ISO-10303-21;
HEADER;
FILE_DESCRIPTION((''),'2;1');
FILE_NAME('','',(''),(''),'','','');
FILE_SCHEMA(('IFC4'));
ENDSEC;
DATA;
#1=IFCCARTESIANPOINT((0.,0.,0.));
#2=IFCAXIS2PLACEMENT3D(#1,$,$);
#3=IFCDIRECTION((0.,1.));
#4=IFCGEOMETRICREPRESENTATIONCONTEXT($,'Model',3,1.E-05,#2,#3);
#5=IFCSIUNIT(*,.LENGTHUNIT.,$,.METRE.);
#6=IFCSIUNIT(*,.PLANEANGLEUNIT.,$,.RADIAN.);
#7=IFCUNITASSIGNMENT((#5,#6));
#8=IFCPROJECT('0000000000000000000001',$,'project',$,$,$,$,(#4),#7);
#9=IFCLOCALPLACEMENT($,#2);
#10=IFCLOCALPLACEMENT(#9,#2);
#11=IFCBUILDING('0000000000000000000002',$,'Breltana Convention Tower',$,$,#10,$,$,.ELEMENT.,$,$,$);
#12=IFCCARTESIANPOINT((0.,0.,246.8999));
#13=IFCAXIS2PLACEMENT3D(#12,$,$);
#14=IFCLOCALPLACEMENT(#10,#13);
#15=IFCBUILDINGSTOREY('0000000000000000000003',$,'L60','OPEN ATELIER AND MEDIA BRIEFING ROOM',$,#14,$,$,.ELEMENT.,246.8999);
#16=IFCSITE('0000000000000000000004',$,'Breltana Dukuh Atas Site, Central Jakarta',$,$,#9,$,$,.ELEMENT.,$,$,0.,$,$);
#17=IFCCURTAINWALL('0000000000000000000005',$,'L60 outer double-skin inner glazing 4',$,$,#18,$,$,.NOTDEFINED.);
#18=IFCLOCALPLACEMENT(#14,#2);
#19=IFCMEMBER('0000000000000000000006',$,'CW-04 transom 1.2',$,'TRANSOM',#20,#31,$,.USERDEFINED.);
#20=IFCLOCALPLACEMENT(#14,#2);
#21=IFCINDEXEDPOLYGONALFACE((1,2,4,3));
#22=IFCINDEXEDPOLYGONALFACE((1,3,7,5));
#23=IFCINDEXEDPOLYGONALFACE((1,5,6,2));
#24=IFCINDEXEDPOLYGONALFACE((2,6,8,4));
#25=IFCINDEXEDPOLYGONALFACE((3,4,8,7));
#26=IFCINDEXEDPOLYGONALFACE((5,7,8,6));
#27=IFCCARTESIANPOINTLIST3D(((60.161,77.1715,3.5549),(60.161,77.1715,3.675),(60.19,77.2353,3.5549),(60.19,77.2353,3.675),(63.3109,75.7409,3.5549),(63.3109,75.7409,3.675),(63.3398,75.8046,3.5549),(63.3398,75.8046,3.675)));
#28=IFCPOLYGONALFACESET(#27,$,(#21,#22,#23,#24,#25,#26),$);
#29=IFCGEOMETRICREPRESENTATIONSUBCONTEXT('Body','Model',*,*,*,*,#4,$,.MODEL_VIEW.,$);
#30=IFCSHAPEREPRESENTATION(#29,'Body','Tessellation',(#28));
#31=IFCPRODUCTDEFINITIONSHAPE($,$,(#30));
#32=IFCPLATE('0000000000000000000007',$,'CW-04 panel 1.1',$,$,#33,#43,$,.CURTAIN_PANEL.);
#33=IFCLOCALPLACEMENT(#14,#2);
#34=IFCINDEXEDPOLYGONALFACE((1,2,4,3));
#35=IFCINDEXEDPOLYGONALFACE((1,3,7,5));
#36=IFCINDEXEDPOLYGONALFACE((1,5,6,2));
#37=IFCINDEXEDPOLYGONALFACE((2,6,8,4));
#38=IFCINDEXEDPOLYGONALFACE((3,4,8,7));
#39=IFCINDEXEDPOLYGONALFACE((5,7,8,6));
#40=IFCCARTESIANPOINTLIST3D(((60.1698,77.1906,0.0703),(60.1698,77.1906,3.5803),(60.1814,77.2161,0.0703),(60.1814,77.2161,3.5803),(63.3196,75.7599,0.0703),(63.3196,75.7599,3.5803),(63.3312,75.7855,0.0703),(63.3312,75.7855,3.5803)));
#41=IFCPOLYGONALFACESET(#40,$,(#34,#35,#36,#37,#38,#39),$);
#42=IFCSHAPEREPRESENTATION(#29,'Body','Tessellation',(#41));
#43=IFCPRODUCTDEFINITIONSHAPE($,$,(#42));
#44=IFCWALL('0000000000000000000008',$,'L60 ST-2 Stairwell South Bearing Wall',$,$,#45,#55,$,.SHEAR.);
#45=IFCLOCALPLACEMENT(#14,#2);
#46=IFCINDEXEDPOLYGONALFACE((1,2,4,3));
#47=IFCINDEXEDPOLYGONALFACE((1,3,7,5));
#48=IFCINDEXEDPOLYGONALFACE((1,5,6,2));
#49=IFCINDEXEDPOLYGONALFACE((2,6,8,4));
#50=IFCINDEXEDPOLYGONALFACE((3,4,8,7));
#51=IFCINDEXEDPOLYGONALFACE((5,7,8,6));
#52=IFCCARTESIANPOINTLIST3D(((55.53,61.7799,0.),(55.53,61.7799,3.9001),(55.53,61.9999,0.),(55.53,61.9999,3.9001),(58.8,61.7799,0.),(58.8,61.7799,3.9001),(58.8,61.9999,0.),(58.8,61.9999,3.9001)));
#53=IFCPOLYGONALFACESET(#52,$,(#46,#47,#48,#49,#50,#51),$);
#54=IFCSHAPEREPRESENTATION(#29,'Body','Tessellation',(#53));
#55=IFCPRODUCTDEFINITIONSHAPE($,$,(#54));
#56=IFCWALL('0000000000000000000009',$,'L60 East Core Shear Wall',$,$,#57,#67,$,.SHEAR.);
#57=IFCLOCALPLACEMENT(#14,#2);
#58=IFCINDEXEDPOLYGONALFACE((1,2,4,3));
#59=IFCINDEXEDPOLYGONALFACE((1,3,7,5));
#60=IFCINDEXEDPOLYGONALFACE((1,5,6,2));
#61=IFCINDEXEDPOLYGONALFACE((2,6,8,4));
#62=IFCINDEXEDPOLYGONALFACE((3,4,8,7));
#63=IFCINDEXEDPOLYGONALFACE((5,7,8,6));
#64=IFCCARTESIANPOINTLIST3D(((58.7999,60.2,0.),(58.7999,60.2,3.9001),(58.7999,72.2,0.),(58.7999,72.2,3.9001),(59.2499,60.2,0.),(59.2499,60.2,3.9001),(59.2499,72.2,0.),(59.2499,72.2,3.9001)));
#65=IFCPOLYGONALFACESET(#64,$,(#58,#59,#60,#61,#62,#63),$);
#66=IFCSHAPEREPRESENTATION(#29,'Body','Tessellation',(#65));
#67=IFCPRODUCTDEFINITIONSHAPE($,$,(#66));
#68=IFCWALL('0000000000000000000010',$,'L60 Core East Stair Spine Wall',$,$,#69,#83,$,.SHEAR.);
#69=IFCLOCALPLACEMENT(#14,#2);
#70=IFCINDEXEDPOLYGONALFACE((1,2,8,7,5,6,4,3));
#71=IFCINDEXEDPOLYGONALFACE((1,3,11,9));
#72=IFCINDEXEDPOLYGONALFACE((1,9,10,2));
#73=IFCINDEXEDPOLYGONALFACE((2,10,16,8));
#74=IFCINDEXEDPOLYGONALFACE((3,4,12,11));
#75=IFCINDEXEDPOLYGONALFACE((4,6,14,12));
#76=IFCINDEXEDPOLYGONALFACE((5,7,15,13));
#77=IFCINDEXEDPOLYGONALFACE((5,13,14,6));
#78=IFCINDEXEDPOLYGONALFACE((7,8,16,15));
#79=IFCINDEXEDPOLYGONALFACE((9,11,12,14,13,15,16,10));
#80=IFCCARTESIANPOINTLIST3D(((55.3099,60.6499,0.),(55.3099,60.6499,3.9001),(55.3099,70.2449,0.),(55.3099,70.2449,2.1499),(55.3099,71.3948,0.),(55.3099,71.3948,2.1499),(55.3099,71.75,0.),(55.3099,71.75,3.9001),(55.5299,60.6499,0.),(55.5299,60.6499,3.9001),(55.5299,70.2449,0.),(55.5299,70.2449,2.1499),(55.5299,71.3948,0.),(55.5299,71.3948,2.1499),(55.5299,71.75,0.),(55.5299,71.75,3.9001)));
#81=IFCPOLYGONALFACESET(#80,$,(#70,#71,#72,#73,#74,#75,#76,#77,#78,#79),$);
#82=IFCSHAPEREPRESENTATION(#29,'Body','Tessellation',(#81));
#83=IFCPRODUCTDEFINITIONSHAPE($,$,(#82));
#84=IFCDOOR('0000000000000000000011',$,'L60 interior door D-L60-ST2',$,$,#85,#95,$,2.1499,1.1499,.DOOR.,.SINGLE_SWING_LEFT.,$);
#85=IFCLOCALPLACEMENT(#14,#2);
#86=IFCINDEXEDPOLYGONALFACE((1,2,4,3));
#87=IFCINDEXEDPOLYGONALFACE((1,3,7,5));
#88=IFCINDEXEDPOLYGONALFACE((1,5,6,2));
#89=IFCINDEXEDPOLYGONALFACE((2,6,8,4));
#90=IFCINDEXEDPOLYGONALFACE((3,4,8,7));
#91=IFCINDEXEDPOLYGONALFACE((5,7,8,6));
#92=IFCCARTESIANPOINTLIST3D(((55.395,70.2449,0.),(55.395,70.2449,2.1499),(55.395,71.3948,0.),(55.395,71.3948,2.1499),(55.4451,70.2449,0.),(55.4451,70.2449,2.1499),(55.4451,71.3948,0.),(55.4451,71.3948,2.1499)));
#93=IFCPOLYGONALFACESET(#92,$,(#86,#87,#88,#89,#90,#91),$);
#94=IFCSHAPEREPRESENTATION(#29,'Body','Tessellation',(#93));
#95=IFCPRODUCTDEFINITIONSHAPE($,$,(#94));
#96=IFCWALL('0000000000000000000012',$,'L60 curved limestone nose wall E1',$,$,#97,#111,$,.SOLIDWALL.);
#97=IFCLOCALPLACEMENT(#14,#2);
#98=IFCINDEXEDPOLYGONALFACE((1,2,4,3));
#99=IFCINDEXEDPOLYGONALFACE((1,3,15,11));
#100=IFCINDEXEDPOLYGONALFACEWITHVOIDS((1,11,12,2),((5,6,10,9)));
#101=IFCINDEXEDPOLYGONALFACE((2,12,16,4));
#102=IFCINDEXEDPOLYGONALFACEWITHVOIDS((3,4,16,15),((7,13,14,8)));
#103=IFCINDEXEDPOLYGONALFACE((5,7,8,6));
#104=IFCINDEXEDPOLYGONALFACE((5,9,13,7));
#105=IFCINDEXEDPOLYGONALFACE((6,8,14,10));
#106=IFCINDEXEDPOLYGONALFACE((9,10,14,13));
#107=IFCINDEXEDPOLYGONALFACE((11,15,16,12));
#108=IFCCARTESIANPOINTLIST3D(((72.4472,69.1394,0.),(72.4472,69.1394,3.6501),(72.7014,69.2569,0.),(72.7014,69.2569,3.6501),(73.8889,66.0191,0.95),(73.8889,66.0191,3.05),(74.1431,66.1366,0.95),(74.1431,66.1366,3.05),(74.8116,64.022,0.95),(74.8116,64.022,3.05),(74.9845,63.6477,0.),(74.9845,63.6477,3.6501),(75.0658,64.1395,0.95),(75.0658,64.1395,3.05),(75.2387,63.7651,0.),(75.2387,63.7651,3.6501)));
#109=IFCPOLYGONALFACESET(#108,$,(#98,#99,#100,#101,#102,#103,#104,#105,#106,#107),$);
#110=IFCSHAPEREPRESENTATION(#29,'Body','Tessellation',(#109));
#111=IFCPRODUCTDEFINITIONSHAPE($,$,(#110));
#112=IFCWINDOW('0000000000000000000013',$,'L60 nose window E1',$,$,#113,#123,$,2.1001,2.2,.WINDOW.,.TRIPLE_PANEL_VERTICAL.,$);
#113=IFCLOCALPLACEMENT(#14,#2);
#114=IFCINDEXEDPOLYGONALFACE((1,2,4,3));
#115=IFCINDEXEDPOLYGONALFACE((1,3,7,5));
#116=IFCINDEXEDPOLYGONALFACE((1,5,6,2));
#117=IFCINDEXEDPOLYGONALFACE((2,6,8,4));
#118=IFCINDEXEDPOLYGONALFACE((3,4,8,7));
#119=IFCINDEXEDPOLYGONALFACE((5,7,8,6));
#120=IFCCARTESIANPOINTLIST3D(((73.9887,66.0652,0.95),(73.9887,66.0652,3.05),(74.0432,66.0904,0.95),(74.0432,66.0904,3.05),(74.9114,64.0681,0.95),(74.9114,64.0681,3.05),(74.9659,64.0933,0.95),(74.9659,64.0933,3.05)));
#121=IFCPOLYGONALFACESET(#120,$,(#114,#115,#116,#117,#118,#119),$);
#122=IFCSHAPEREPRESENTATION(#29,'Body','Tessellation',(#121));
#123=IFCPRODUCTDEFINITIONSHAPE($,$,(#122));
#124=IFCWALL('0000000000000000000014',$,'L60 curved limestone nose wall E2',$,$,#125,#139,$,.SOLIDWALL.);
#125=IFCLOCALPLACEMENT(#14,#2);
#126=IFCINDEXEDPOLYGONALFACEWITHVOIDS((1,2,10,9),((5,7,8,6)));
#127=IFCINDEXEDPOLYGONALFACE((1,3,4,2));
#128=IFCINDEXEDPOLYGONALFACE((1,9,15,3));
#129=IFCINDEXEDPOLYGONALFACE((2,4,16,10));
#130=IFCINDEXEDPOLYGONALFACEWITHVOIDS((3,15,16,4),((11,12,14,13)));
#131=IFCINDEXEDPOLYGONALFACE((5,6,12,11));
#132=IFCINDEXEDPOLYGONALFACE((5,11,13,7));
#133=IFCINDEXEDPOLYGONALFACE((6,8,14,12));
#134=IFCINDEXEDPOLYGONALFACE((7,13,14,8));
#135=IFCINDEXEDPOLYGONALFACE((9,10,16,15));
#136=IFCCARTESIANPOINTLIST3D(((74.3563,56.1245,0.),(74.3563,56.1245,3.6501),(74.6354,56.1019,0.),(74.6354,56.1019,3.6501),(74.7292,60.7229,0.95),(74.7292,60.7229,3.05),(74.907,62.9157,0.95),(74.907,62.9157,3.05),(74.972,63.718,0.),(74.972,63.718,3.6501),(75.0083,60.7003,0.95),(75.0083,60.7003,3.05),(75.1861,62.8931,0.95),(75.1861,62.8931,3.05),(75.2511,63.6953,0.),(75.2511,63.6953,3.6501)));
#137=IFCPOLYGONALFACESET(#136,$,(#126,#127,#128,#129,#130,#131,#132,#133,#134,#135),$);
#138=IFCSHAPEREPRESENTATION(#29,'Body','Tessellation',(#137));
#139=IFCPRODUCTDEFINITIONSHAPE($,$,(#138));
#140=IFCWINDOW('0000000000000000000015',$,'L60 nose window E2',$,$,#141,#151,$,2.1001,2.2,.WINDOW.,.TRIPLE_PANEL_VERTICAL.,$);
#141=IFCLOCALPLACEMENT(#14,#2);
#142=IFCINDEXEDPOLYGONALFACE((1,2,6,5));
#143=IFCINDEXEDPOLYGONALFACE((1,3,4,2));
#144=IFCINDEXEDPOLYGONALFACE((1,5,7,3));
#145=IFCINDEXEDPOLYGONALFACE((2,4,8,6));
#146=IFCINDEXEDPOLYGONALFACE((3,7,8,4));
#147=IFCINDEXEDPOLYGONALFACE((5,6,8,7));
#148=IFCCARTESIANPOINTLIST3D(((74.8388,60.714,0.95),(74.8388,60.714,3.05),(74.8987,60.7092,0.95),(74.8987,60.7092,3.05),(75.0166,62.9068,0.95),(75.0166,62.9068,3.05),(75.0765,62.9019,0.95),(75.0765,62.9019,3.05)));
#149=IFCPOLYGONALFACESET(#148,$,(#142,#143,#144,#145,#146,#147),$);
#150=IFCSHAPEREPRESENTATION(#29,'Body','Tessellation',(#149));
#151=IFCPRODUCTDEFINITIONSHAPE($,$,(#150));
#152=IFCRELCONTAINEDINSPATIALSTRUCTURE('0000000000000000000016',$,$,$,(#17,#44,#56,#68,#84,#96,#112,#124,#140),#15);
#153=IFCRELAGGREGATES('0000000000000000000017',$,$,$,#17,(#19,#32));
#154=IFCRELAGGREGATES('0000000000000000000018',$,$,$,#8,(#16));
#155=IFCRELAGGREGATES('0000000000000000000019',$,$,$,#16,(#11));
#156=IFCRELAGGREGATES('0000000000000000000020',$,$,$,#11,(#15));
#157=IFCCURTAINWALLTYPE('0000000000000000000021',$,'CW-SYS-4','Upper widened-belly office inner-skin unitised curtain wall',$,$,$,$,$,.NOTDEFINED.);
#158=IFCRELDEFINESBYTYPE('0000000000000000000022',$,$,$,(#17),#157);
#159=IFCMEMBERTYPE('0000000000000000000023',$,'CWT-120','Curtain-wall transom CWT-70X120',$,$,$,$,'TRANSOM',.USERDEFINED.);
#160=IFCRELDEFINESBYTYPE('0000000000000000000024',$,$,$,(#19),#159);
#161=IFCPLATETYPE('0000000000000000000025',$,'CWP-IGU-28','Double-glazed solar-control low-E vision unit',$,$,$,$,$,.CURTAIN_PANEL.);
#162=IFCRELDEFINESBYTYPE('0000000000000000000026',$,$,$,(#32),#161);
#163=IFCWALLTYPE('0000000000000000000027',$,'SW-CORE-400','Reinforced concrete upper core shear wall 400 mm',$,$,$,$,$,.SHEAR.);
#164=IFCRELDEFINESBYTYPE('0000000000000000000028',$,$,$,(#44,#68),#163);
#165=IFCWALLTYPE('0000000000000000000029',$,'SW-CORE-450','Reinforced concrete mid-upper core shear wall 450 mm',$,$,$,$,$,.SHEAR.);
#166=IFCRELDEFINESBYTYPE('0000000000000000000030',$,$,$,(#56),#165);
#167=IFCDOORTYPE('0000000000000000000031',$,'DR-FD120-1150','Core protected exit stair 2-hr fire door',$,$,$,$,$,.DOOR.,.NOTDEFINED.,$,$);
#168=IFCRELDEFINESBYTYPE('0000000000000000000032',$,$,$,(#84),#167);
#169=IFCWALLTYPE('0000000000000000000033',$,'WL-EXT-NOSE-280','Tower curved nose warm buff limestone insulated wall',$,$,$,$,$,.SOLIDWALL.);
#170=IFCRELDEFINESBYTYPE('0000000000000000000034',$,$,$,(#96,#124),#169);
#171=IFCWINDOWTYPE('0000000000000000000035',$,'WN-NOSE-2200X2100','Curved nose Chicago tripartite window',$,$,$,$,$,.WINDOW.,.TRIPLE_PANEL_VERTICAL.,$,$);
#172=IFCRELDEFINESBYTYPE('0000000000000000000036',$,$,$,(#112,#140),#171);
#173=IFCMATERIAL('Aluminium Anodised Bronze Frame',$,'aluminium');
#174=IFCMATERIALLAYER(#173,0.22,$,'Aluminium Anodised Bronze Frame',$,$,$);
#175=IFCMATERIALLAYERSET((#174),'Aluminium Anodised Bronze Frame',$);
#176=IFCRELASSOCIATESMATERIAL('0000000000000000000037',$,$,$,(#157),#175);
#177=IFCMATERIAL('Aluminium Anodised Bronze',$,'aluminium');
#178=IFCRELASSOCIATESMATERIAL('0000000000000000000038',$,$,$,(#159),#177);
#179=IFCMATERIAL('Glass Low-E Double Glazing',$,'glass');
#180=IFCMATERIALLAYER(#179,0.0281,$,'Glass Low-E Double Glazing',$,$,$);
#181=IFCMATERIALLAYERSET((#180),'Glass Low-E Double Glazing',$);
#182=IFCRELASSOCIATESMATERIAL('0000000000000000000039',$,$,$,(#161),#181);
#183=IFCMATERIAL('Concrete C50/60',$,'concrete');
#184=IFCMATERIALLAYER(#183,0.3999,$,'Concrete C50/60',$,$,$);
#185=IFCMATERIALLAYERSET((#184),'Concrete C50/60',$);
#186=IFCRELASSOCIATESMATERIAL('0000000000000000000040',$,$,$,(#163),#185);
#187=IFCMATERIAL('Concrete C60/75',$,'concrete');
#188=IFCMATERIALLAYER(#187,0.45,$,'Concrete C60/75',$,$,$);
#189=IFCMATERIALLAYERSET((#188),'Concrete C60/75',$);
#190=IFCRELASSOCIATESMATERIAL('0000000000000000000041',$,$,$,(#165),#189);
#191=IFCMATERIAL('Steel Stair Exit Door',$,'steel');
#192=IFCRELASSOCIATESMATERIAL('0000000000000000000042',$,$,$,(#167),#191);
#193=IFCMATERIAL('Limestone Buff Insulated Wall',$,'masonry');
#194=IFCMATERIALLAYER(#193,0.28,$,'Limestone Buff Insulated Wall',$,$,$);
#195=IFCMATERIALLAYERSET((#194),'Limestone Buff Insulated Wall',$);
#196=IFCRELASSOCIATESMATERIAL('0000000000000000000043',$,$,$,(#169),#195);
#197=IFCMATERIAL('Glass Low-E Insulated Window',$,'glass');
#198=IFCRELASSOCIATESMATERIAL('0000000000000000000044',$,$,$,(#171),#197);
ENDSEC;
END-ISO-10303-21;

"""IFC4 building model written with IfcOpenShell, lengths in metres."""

from ifc_helpers import new_model, si_unit, direction, frame, frame_2d, origin, origin_2d, place, context, subcontext, project, spatial, rectangle, extrude, source, transform, mapped, material, layer, layer_set, material_profile, profile_set, type_object, type_shapes, element, fill, aggregate, save


model = new_model("IFC4")

# Units and contexts
model_context = context("Model", 3, precision=1e-05, world=origin(), true_north=direction((0.0, 1.0)))
body_context = subcontext(model_context, "Body", "Model", "MODEL_VIEW")
ifc_project = project(units=[si_unit("LENGTHUNIT", "METRE"), si_unit("PLANEANGLEUNIT", "RADIAN")], contexts=[model_context])

# Site, building, storey
site_placement = place(None, origin())
site = spatial("IfcSite", under=ifc_project, at=site_placement, Name="Breltana Dukuh Atas Site, Central Jakarta", CompositionType="ELEMENT", RefElevation=0.0)
building_placement = place(site_placement, origin())
building = spatial("IfcBuilding", under=site, at=building_placement, Name="Breltana Convention Tower", CompositionType="ELEMENT")
storey_placement = place(building_placement, frame((0.0, 0.0, 246.8999)))
storey = spatial("IfcBuildingStorey", under=building, at=storey_placement, Name="L60", Description="OPEN ATELIER AND MEDIA BRIEFING ROOM", CompositionType="ELEMENT", Elevation=246.8999)

# Shared definitions
ifc_material_1 = material(Name="Concrete C50/60", Category="concrete")

# Curtain wall, member, plate
ifc_material_2 = material(Name="Aluminium Anodised Bronze Frame", Category="aluminium")
ifc_layer_1 = layer(ifc_material_2, 0.22, Name="Aluminium Anodised Bronze Frame")
ifc_layer_set_1 = layer_set([ifc_layer_1], Name="Aluminium Anodised Bronze Frame")
curtain_wall_type = type_object("IfcCurtainWallType", Name="CW-SYS-4", Description="Upper widened-belly office inner-skin unitised curtain wall", PredefinedType="NOTDEFINED", material=ifc_layer_set_1)
curtain_wall_placement = place(storey_placement, origin())
curtain_wall = element("IfcCurtainWall", 1, at=curtain_wall_placement, inside=storey, type_object=curtain_wall_type, Name="L60 outer double-skin inner glazing 4", PredefinedType="NOTDEFINED")
ifc_material_3 = material(Name="Aluminium Anodised Bronze", Category="aluminium")
ifc_material_profile_1 = material_profile(ifc_material_3, rectangle(XDim=0.0701, YDim=0.1201, at=origin_2d()), Name="CWT-70X120")
ifc_profile_set_1 = profile_set([ifc_material_profile_1], Name="Aluminium Anodised Bronze")
member_type_1 = type_object("IfcMemberType", Name="CWT-120", Description="Curtain-wall transom CWT-70X120", ElementType="TRANSOM", PredefinedType="USERDEFINED", material=ifc_profile_set_1)
shared_shape_1 = source(origin(), body_context, "Body", "SweptSolid", [
    extrude(rectangle(XDim=0.0701, YDim=0.1201, at=origin_2d()), origin(), (0.0, 0.0, 1.0), 3.4595),
])
member_1_placement = place(storey_placement, frame((60.1755, 77.2034, 3.615), z_axis=(0.910487, -0.413537, 0.0), x_axis=(0.413537, 0.910487, 0.0)))
member_1 = element("IfcMember", 2, at=member_1_placement, type_object=member_type_1, Name="CW-04 transom 1.2", ObjectType="TRANSOM", PredefinedType="USERDEFINED", context=body_context, shape_type="MappedRepresentation", body=[
    mapped(shared_shape_1, transform((0.0, 0.0, 0.0), scale=1.0)),
])
ifc_material_4 = material(Name="Glass Low-E Double Glazing", Category="glass")
ifc_layer_2 = layer(ifc_material_4, 0.0281, Name="Glass Low-E Double Glazing")
ifc_layer_set_2 = layer_set([ifc_layer_2], Name="Glass Low-E Double Glazing")
plate_type = type_object("IfcPlateType", Name="CWP-IGU-28", Description="Double-glazed solar-control low-E vision unit", PredefinedType="CURTAIN_PANEL", material=ifc_layer_set_2)
shared_shape_2 = source(origin(), body_context, "Body", "SweptSolid", [
    extrude(rectangle(XDim=3.4595, YDim=0.0281, at=origin_2d()), origin(), (0.0, 0.0, 1.0), 3.51),
])
plate_placement = place(storey_placement, frame((61.7505, 76.488, 0.0703), z_axis=(0.0, 0.0, 1.0), x_axis=(0.910487, -0.413539, 0.0)))
plate = element("IfcPlate", 3, at=plate_placement, type_object=plate_type, Name="CW-04 panel 1.1", PredefinedType="CURTAIN_PANEL", context=body_context, shape_type="MappedRepresentation", body=[
    mapped(shared_shape_2, transform((0.0, 0.0, 0.0), scale=1.0)),
])
aggregate(curtain_wall, [member_1, plate])

# Walls
ifc_layer_3 = layer(ifc_material_1, 0.3999, Name="Concrete C50/60")
ifc_layer_set_3 = layer_set([ifc_layer_3], Name="Concrete C50/60")
wall_type_1 = type_object("IfcWallType", Name="SW-CORE-400", Description="Reinforced concrete upper core shear wall 400 mm", PredefinedType="SHEAR", material=ifc_layer_set_3)
shared_shape_3 = source(origin(), body_context, "Body", "SweptSolid", [
    extrude(rectangle(XDim=3.27, YDim=0.22, at=frame_2d((1.635, 0.0))), origin(), (0.0, 0.0, 1.0), 3.9001),
])
wall_1_placement = place(storey_placement, frame((55.53, 61.8899, 0.0), z_axis=(0.0, 0.0, 1.0), x_axis=(1.0, 0.0, 0.0)))
element("IfcWall", 4, at=wall_1_placement, inside=storey, type_object=wall_type_1, Name="L60 ST-2 Stairwell South Bearing Wall", PredefinedType="SHEAR", context=body_context, shape_type="MappedRepresentation", body=[
    mapped(shared_shape_3, transform((0.0, 0.0, 0.0), scale=1.0)),
])
ifc_material_5 = material(Name="Concrete C60/75", Category="concrete")
ifc_layer_4 = layer(ifc_material_5, 0.45, Name="Concrete C60/75")
ifc_layer_set_4 = layer_set([ifc_layer_4], Name="Concrete C60/75")
wall_type_2 = type_object("IfcWallType", Name="SW-CORE-450", Description="Reinforced concrete mid-upper core shear wall 450 mm", PredefinedType="SHEAR", material=ifc_layer_set_4)
shared_shape_4 = source(origin(), body_context, "Body", "SweptSolid", [
    extrude(rectangle(XDim=12.0, YDim=0.45, at=frame_2d((6.0, 0.0))), origin(), (0.0, 0.0, 1.0), 3.9001),
])
wall_2_placement = place(storey_placement, frame((59.0249, 60.2, 0.0), z_axis=(0.0, 0.0, 1.0), x_axis=(0.0, 1.0, 0.0)))
element("IfcWall", 5, at=wall_2_placement, inside=storey, type_object=wall_type_2, Name="L60 East Core Shear Wall", PredefinedType="SHEAR", context=body_context, shape_type="MappedRepresentation", body=[
    mapped(shared_shape_4, transform((0.0, 0.0, 0.0), scale=1.0)),
])

# Wall, opening, door
shared_shape_5 = source(origin(), body_context, "Body", "SweptSolid", [
    extrude(rectangle(XDim=11.1001, YDim=0.22, at=frame_2d((5.55, 0.0))), origin(), (0.0, 0.0, 1.0), 3.9001),
])
wall_3_placement = place(storey_placement, frame((55.4199, 60.6499, 0.0), z_axis=(0.0, 0.0, 1.0), x_axis=(0.0, 1.0, 0.0)))
wall_3 = element("IfcWall", 6, at=wall_3_placement, inside=storey, type_object=wall_type_1, Name="L60 Core East Stair Spine Wall", PredefinedType="SHEAR", context=body_context, shape_type="MappedRepresentation", body=[
    mapped(shared_shape_5, transform((0.0, 0.0, 0.0), scale=1.0)),
])
opening_1_placement = place(wall_3_placement, frame((9.595, 0.0, 0.0)))
opening_1 = element("IfcOpeningElement", 7, at=opening_1_placement, cuts=wall_3, PredefinedType="OPENING", context=body_context, shape_type="SweptSolid", body=[
    extrude(rectangle(XDim=1.1499, YDim=2.1499, at=frame_2d((0.575, 1.075))), frame((0.0, 0.1201, 0.0), z_axis=(0.0, -1.0, 0.0), x_axis=(1.0, 0.0, 0.0)), (0.0, 0.0, 1.0), 0.24),
])
ifc_material_6 = material(Name="Steel Stair Exit Door", Category="steel")
door_type = type_object("IfcDoorType", Name="DR-FD120-1150", Description="Core protected exit stair 2-hr fire door", OperationType="NOTDEFINED", PredefinedType="DOOR", material=ifc_material_6)
shared_shape_6 = source(origin(), body_context, "Body", "SweptSolid", [
    extrude(rectangle(XDim=1.1499, YDim=2.1499, at=frame_2d((0.575, 1.075))), frame((0.0, 0.0249, 0.0), z_axis=(0.0, -1.0, 0.0), x_axis=(1.0, 0.0, 0.0)), (0.0, 0.0, 1.0), 0.05),
])
type_shapes(door_type, [shared_shape_6])
door_placement = place(opening_1_placement, origin())
door = element("IfcDoor", 8, at=door_placement, inside=storey, type_object=door_type, Name="L60 interior door D-L60-ST2", OperationType="SINGLE_SWING_LEFT", OverallHeight=2.1499, OverallWidth=1.1499, PredefinedType="DOOR", context=body_context, shape_type="MappedRepresentation", body=[
    mapped(shared_shape_6, transform((0.0, 0.0, 0.0), scale=1.0)),
])
fill(opening_1, door)

# Walls, openings, windows
ifc_material_7 = material(Name="Limestone Buff Insulated Wall", Category="masonry")
ifc_layer_5 = layer(ifc_material_7, 0.28, Name="Limestone Buff Insulated Wall")
ifc_layer_set_5 = layer_set([ifc_layer_5], Name="Limestone Buff Insulated Wall")
wall_type_3 = type_object("IfcWallType", Name="WL-EXT-NOSE-280", Description="Tower curved nose warm buff limestone insulated wall", PredefinedType="SOLIDWALL", material=ifc_layer_set_5)
shared_shape_7 = source(origin(), body_context, "Body", "SweptSolid", [
    extrude(rectangle(XDim=6.0496, YDim=0.28, at=frame_2d((3.0249, 0.0))), origin(), (0.0, 0.0, 1.0), 3.6501),
])
wall_4_placement = place(storey_placement, frame((72.5742, 69.1982, 0.0), z_axis=(0.0, 0.0, 1.0), x_axis=(0.419429, -0.907788, 0.0)))
wall_4 = element("IfcWall", 9, at=wall_4_placement, inside=storey, type_object=wall_type_3, Name="L60 curved limestone nose wall E1", PredefinedType="SOLIDWALL", context=body_context, shape_type="MappedRepresentation", body=[
    mapped(shared_shape_7, transform((0.0, 0.0, 0.0), scale=1.0)),
])
opening_2_placement = place(wall_4_placement, frame((3.4373, 0.0, 0.95)))
opening_2 = element("IfcOpeningElement", 10, at=opening_2_placement, cuts=wall_4, PredefinedType="OPENING", context=body_context, shape_type="SweptSolid", body=[
    extrude(rectangle(XDim=2.2, YDim=2.1001, at=frame_2d((1.1001, 1.05))), frame((0.0, 0.1499, 0.0), z_axis=(0.0, -1.0, 0.0), x_axis=(1.0, 0.0, 0.0)), (0.0, 0.0, 1.0), 0.3),
])
ifc_material_8 = material(Name="Glass Low-E Insulated Window", Category="glass")
window_type = type_object("IfcWindowType", Name="WN-NOSE-2200X2100", Description="Curved nose Chicago tripartite window", PartitioningType="TRIPLE_PANEL_VERTICAL", PredefinedType="WINDOW", material=ifc_material_8)
shared_shape_8 = source(origin(), body_context, "Body", "SweptSolid", [
    extrude(rectangle(XDim=2.2, YDim=2.1001, at=frame_2d((1.1001, 1.05))), frame((0.0, 0.03, 0.0), z_axis=(0.0, -1.0, 0.0), x_axis=(1.0, 0.0, 0.0)), (0.0, 0.0, 1.0), 0.0601),
])
type_shapes(window_type, [shared_shape_8])
window_1_placement = place(opening_2_placement, origin())
window_1 = element("IfcWindow", 11, at=window_1_placement, inside=storey, type_object=window_type, Name="L60 nose window E1", OverallHeight=2.1001, OverallWidth=2.2, PartitioningType="TRIPLE_PANEL_VERTICAL", PredefinedType="WINDOW", context=body_context, shape_type="MappedRepresentation", body=[
    mapped(shared_shape_8, transform((0.0, 0.0, 0.0), scale=1.0)),
])
fill(opening_2, window_1)
shared_shape_9 = source(origin(), body_context, "Body", "SweptSolid", [
    extrude(rectangle(XDim=7.6184, YDim=0.28, at=frame_2d((3.8091, 0.0))), origin(), (0.0, 0.0, 1.0), 3.6501),
])
wall_5_placement = place(storey_placement, frame((75.1116, 63.7065, 0.0), z_axis=(0.0, 0.0, 1.0), x_axis=(-0.08082, -0.996729, 0.0)))
wall_5 = element("IfcWall", 12, at=wall_5_placement, inside=storey, type_object=wall_type_3, Name="L60 curved limestone nose wall E2", PredefinedType="SOLIDWALL", context=body_context, shape_type="MappedRepresentation", body=[
    mapped(shared_shape_9, transform((0.0, 0.0, 0.0), scale=1.0)),
])
opening_3_placement = place(wall_5_placement, frame((0.8047, 0.0, 0.95)))
opening_3 = element("IfcOpeningElement", 13, at=opening_3_placement, cuts=wall_5, PredefinedType="OPENING", context=body_context, shape_type="SweptSolid", body=[
    extrude(rectangle(XDim=2.2, YDim=2.1001, at=frame_2d((1.1001, 1.05))), frame((0.0, 0.1499, 0.0), z_axis=(0.0, -1.0, 0.0), x_axis=(1.0, 0.0, 0.0)), (0.0, 0.0, 1.0), 0.3),
])
window_2_placement = place(opening_3_placement, origin())
window_2 = element("IfcWindow", 14, at=window_2_placement, inside=storey, type_object=window_type, Name="L60 nose window E2", OverallHeight=2.1001, OverallWidth=2.2, PartitioningType="TRIPLE_PANEL_VERTICAL", PredefinedType="WINDOW", context=body_context, shape_type="MappedRepresentation", body=[
    mapped(shared_shape_8, transform((0.0, 0.0, 0.0), scale=1.0)),
])
fill(opening_3, window_2)

save(model, "model.ifc")
